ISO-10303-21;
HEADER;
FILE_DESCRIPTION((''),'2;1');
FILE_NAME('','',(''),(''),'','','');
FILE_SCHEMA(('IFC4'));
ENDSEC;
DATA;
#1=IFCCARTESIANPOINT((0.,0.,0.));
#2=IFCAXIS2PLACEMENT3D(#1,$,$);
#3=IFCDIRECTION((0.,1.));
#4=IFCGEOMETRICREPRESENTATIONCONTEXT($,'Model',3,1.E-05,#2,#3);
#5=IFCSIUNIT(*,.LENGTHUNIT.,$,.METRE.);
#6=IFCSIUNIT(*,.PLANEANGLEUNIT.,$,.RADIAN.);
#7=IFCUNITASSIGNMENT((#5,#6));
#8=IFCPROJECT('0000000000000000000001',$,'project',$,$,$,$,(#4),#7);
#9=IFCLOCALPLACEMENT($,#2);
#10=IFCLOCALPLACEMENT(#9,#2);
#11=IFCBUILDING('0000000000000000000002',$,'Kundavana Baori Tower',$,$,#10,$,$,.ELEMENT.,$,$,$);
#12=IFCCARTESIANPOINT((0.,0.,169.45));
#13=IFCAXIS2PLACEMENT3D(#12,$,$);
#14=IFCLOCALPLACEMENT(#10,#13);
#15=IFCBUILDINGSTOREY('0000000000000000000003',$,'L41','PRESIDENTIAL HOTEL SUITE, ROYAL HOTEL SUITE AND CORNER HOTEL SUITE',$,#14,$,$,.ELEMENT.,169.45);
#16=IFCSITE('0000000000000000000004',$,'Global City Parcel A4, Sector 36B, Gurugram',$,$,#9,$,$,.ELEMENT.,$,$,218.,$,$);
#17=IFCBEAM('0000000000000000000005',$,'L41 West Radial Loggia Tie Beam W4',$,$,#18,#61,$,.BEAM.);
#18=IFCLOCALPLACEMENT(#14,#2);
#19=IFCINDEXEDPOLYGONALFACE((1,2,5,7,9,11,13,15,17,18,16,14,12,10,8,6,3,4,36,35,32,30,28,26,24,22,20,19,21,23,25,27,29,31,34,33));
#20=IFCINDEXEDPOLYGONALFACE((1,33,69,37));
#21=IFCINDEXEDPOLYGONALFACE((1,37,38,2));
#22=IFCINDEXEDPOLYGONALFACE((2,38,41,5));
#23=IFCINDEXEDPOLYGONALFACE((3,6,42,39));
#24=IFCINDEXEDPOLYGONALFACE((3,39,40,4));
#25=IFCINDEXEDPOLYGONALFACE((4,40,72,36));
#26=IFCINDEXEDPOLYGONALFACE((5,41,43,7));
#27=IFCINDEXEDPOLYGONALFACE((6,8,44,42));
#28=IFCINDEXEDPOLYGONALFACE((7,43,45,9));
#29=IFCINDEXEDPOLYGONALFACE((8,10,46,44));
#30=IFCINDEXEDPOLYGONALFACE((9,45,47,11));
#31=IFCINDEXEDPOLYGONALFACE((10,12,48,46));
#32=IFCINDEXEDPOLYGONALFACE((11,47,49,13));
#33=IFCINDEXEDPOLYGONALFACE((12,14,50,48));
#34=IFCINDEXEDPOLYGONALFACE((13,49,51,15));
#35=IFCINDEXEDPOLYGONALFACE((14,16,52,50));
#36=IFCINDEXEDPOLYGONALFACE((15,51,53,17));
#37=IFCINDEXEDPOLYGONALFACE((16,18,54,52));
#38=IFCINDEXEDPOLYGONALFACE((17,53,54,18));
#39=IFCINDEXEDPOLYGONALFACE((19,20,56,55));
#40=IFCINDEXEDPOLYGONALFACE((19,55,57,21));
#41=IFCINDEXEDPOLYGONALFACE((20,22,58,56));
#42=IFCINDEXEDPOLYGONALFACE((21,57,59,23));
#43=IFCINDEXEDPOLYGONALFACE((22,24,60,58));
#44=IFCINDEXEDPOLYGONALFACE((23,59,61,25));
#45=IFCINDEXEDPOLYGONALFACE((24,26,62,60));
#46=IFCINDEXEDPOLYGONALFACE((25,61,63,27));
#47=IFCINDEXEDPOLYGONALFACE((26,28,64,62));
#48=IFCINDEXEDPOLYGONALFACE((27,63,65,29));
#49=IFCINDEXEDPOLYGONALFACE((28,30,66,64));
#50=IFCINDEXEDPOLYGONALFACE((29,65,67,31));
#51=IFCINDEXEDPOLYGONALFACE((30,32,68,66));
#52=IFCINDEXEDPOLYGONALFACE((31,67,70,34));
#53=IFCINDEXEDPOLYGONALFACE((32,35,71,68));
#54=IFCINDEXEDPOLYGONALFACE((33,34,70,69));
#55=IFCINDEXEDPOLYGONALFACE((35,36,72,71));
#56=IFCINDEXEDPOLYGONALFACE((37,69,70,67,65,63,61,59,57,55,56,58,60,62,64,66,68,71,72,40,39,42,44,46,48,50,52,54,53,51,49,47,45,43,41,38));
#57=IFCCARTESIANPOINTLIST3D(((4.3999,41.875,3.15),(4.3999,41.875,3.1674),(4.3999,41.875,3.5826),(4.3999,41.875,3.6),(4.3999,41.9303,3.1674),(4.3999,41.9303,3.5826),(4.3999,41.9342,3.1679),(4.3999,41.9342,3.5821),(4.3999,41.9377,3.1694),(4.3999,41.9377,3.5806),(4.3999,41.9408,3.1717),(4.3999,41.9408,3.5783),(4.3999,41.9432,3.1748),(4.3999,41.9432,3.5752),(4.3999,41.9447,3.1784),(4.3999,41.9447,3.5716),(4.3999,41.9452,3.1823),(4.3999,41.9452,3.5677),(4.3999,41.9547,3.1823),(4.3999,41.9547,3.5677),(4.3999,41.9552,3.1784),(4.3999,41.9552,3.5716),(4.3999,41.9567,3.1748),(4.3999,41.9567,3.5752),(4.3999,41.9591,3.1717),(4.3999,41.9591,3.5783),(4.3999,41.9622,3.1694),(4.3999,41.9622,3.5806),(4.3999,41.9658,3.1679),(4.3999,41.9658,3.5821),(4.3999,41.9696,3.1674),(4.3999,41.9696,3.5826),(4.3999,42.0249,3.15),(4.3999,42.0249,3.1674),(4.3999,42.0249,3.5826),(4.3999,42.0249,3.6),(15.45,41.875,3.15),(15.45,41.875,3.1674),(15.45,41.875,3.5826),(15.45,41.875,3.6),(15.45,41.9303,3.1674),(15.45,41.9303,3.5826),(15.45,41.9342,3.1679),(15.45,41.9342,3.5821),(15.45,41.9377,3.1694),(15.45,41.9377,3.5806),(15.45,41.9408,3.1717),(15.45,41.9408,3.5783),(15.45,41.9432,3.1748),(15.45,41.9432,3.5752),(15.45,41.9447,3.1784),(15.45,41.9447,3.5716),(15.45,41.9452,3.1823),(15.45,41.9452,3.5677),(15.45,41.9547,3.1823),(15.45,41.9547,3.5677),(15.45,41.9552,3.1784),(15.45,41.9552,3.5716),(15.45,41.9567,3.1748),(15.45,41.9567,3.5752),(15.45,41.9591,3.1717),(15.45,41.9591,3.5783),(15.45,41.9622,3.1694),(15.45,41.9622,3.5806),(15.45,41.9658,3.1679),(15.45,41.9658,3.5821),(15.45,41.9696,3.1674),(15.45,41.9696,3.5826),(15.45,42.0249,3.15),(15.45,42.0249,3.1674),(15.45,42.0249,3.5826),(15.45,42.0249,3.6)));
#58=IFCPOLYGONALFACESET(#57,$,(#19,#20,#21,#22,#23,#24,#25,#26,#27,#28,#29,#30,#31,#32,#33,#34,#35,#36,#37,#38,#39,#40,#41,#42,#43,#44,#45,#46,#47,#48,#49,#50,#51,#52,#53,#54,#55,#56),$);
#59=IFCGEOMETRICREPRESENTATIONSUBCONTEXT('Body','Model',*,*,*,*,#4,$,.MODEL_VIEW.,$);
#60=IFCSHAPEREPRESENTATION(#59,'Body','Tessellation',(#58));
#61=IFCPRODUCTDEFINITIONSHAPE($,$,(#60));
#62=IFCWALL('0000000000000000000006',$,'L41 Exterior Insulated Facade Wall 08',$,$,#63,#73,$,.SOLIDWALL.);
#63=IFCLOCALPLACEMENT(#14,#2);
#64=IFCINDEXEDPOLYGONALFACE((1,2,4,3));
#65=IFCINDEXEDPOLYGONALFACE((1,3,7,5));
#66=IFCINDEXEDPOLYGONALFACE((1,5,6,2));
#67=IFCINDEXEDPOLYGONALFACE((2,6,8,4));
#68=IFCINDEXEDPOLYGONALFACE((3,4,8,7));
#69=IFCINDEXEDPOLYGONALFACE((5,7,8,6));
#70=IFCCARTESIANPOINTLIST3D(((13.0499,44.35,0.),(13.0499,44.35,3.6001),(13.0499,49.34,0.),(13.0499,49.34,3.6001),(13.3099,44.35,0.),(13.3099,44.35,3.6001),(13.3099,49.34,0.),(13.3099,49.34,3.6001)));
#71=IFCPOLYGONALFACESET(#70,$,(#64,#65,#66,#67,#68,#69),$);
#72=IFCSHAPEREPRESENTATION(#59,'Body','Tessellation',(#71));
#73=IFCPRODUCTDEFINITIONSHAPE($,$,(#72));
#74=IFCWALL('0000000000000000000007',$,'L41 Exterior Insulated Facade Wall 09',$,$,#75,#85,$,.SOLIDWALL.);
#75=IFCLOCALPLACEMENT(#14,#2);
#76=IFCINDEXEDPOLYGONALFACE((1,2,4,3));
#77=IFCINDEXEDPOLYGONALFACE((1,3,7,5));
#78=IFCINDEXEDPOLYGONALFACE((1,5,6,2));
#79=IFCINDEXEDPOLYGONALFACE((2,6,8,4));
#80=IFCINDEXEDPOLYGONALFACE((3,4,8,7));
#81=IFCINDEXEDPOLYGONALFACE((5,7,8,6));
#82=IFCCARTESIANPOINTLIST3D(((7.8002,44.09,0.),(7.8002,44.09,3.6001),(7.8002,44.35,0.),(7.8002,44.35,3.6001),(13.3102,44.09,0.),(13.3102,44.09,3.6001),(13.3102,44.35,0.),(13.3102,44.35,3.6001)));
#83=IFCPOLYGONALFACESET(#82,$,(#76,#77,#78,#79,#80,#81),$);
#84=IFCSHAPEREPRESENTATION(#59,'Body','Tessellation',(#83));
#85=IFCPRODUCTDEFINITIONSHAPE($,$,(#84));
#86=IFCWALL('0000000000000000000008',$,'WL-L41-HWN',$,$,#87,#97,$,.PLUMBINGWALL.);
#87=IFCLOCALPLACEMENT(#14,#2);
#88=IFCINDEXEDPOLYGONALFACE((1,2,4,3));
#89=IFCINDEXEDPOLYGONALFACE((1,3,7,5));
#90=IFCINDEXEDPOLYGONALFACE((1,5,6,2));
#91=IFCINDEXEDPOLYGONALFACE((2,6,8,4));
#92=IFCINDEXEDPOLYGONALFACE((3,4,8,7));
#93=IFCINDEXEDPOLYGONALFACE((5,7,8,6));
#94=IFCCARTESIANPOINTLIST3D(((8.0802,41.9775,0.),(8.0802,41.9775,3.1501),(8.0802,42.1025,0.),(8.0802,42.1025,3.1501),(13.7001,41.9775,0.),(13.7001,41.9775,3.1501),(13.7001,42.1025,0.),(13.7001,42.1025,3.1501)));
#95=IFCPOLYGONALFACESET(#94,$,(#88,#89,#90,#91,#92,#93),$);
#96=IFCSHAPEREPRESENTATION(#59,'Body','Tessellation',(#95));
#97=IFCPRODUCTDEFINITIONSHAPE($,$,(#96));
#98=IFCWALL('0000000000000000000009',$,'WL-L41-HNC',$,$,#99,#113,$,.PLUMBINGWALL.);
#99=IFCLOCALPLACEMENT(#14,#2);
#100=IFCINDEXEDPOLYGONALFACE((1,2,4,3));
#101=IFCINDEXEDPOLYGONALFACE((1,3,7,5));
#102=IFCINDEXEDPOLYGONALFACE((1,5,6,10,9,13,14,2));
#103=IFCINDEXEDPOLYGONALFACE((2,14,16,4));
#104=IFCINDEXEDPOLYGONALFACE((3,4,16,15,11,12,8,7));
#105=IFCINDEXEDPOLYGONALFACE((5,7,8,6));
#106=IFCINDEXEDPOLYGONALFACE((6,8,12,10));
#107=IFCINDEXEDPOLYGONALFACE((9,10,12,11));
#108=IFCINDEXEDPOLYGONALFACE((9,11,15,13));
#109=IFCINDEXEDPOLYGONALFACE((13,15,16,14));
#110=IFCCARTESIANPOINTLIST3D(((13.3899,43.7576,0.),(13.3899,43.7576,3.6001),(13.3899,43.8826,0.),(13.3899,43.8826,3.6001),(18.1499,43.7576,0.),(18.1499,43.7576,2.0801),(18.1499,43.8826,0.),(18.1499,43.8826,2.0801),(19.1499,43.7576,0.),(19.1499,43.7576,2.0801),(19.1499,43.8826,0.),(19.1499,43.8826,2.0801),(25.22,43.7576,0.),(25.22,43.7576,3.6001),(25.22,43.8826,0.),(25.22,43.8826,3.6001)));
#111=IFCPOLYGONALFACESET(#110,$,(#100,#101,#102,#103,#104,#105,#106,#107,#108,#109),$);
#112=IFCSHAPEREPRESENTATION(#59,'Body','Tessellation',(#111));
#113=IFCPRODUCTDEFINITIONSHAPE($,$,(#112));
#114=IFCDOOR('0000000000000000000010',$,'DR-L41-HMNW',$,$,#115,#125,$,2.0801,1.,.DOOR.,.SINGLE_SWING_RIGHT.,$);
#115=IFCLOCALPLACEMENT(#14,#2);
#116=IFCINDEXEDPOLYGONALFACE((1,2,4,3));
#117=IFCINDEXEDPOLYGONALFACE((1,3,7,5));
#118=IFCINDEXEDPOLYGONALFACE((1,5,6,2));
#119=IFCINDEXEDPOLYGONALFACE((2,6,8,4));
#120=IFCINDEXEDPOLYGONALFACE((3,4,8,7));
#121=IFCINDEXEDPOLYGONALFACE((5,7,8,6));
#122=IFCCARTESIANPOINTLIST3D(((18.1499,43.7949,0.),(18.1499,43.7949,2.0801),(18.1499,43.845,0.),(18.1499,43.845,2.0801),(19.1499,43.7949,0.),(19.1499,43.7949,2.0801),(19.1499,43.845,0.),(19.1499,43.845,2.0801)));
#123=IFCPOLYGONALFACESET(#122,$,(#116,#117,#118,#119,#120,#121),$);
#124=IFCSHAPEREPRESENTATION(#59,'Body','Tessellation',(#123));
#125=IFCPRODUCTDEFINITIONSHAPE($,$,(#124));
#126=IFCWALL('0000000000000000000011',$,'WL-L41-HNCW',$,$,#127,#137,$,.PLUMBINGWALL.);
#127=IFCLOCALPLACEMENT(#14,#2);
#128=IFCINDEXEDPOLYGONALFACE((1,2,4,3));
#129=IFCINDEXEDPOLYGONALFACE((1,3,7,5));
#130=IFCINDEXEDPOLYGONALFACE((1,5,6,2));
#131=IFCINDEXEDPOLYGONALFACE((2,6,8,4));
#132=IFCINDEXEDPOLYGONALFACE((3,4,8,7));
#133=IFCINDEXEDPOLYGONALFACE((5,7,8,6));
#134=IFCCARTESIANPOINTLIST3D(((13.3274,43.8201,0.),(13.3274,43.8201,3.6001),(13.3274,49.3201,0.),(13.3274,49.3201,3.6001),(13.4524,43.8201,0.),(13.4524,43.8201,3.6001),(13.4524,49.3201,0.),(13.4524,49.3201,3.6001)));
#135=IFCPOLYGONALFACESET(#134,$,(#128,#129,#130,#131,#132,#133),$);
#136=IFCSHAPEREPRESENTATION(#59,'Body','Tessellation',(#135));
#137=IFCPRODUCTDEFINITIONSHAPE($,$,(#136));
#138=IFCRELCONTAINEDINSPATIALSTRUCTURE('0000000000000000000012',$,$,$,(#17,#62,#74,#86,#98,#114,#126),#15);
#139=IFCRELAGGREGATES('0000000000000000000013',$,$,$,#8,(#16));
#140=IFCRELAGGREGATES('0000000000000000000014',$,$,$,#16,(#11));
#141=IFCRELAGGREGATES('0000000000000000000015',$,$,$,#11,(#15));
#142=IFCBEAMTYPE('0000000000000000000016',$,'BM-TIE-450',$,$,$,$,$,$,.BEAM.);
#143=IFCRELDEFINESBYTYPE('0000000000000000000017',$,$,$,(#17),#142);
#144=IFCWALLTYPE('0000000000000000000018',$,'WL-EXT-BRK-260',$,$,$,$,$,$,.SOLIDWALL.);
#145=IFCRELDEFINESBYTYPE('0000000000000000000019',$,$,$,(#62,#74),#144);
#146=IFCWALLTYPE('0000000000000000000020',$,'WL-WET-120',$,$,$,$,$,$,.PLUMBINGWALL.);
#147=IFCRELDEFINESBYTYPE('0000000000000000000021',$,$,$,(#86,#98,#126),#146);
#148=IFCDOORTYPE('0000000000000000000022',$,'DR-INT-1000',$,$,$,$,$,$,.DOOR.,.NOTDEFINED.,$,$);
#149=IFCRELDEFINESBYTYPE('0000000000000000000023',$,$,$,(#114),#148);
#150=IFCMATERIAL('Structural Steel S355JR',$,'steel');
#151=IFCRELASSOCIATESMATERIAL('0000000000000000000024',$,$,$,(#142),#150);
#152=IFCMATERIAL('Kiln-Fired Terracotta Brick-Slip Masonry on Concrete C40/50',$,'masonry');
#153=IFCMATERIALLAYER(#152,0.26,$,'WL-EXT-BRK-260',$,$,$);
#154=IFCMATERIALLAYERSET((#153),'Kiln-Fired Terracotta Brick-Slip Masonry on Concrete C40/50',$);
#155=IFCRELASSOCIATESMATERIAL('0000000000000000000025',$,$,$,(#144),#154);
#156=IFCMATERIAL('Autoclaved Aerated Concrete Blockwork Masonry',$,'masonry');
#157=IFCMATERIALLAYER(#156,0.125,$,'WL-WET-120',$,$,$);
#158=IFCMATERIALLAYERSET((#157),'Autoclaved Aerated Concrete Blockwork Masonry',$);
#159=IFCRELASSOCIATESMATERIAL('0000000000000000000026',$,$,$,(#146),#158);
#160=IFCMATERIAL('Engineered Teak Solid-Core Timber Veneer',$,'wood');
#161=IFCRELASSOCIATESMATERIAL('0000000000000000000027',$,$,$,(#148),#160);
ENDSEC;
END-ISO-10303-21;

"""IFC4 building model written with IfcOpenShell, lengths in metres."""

from ifc_helpers import new_model, si_unit, direction, frame, frame_2d, origin, origin_2d, place, context, subcontext, project, spatial, rectangle, i_section, extrude, material, layer, layer_set, material_profile, profile_set, type_object, element, fill, save


model = new_model("IFC4")

# Units and contexts
model_context = context("Model", 3, precision=1e-05, world=origin(), true_north=direction((0.0, 1.0)))
body_context = subcontext(model_context, "Body", "Model", "MODEL_VIEW")
ifc_project = project(units=[si_unit("LENGTHUNIT", "METRE"), si_unit("PLANEANGLEUNIT", "RADIAN")], contexts=[model_context])

# Site, building, storey
site_placement = place(None, origin())
site = spatial("IfcSite", under=ifc_project, at=site_placement, Name="Global City Parcel A4, Sector 36B, Gurugram", CompositionType="ELEMENT", RefElevation=218.0)
building_placement = place(site_placement, origin())
building = spatial("IfcBuilding", under=site, at=building_placement, Name="Kundavana Baori Tower", CompositionType="ELEMENT")
storey_placement = place(building_placement, frame((0.0, 0.0, 169.45)))
storey = spatial("IfcBuildingStorey", under=building, at=storey_placement, Name="L41", Description="PRESIDENTIAL HOTEL SUITE, ROYAL HOTEL SUITE AND CORNER HOTEL SUITE", CompositionType="ELEMENT", Elevation=169.45)

# Beam
ifc_material_1 = material(Name="Structural Steel S355JR", Category="steel")
ifc_material_profile = material_profile(ifc_material_1, i_section(OverallWidth=0.1499, OverallDepth=0.45, WebThickness=0.0095, FlangeThickness=0.0173, FilletRadius=0.0149, at=origin_2d()), Name="ISMB 450")
ifc_profile_set = profile_set([ifc_material_profile], Name="Structural Steel S355JR")
beam_type = type_object("IfcBeamType", Name="BM-TIE-450", PredefinedType="BEAM", material=ifc_profile_set)
beam_placement = place(storey_placement, frame((15.45, 41.95, 3.375), z_axis=(-1.0, 0.0, 0.0), x_axis=(0.0, -1.0, 0.0)))
element("IfcBeam", 1, at=beam_placement, inside=storey, type_object=beam_type, Name="L41 West Radial Loggia Tie Beam W4", PredefinedType="BEAM", context=body_context, shape_type="SweptSolid", body=[
    extrude(i_section(OverallWidth=0.1499, OverallDepth=0.45, WebThickness=0.0095, FlangeThickness=0.0173, FilletRadius=0.0149, at=origin_2d()), origin(), (0.0, 0.0, 1.0), 11.05),
])

# Walls
ifc_material_2 = material(Name="Kiln-Fired Terracotta Brick-Slip Masonry on Concrete C40/50", Category="masonry")
ifc_layer_1 = layer(ifc_material_2, 0.26, Name="WL-EXT-BRK-260")
ifc_layer_set_1 = layer_set([ifc_layer_1], Name="Kiln-Fired Terracotta Brick-Slip Masonry on Concrete C40/50")
wall_type_1 = type_object("IfcWallType", Name="WL-EXT-BRK-260", PredefinedType="SOLIDWALL", material=ifc_layer_set_1)
wall_1_placement = place(storey_placement, frame((13.1799, 49.3401, 0.0), z_axis=(0.0, 0.0, 1.0), x_axis=(0.0, -1.0, 0.0)))
element("IfcWall", 2, at=wall_1_placement, inside=storey, type_object=wall_type_1, Name="L41 Exterior Insulated Facade Wall 08", PredefinedType="SOLIDWALL", context=body_context, shape_type="SweptSolid", body=[
    extrude(rectangle(XDim=4.99, YDim=0.26, at=frame_2d((2.4951, 0.0))), origin(), (0.0, 0.0, 1.0), 3.6001),
])
wall_2_placement = place(storey_placement, frame((13.3101, 44.22, 0.0), z_axis=(0.0, 0.0, 1.0), x_axis=(-1.0, 0.0, 0.0)))
element("IfcWall", 3, at=wall_2_placement, inside=storey, type_object=wall_type_1, Name="L41 Exterior Insulated Facade Wall 09", PredefinedType="SOLIDWALL", context=body_context, shape_type="SweptSolid", body=[
    extrude(rectangle(XDim=5.51, YDim=0.26, at=frame_2d((2.7549, 0.0))), origin(), (0.0, 0.0, 1.0), 3.6001),
])

# Wall
ifc_material_3 = material(Name="Autoclaved Aerated Concrete Blockwork Masonry", Category="masonry")
ifc_layer_2 = layer(ifc_material_3, 0.125, Name="WL-WET-120")
ifc_layer_set_2 = layer_set([ifc_layer_2], Name="Autoclaved Aerated Concrete Blockwork Masonry")
wall_type_2 = type_object("IfcWallType", Name="WL-WET-120", PredefinedType="PLUMBINGWALL", material=ifc_layer_set_2)
wall_3_placement = place(storey_placement, frame((8.0801, 42.04, 0.0), z_axis=(0.0, 0.0, 1.0), x_axis=(1.0, 0.0, 0.0)))
element("IfcWall", 4, at=wall_3_placement, inside=storey, type_object=wall_type_2, Name="WL-L41-HWN", PredefinedType="PLUMBINGWALL", context=body_context, shape_type="SweptSolid", body=[
    extrude(rectangle(XDim=5.6199, YDim=0.125, at=frame_2d((2.8101, 0.0))), origin(), (0.0, 0.0, 1.0), 3.1501),
])

# Wall, opening, door
wall_4_placement = place(storey_placement, frame((13.3899, 43.8201, 0.0), z_axis=(0.0, 0.0, 1.0), x_axis=(1.0, 0.0, 0.0)))
wall_4 = element("IfcWall", 5, at=wall_4_placement, inside=storey, type_object=wall_type_2, Name="WL-L41-HNC", PredefinedType="PLUMBINGWALL", context=body_context, shape_type="SweptSolid", body=[
    extrude(rectangle(XDim=11.8301, YDim=0.125, at=frame_2d((5.915, 0.0))), origin(), (0.0, 0.0, 1.0), 3.6001),
])
opening_1_placement = place(wall_4_placement, frame((4.76, 0.0, 0.0)))
opening_1 = element("IfcOpeningElement", 6, at=opening_1_placement, cuts=wall_4, PredefinedType="OPENING", context=body_context, shape_type="SweptSolid", body=[
    extrude(rectangle(XDim=1.0, YDim=2.0801, at=frame_2d((0.5, 1.04))), frame((0.0, 0.0725, 0.0), z_axis=(0.0, -1.0, 0.0), x_axis=(1.0, 0.0, 0.0)), (0.0, 0.0, 1.0), 0.145),
])
ifc_material_4 = material(Name="Engineered Teak Solid-Core Timber Veneer", Category="wood")
door_type_1 = type_object("IfcDoorType", Name="DR-INT-1000", OperationType="NOTDEFINED", PredefinedType="DOOR", material=ifc_material_4)
door_1_placement = place(opening_1_placement, origin())
door_1 = element("IfcDoor", 7, at=door_1_placement, inside=storey, type_object=door_type_1, Name="DR-L41-HMNW", OperationType="SINGLE_SWING_RIGHT", OverallHeight=2.0801, OverallWidth=1.0, PredefinedType="DOOR", context=body_context, shape_type="SweptSolid", body=[
    extrude(rectangle(XDim=1.0, YDim=2.0801, at=frame_2d((0.5, 1.04))), frame((0.0, 0.0249, 0.0), z_axis=(0.0, -1.0, 0.0), x_axis=(1.0, 0.0, 0.0)), (0.0, 0.0, 1.0), 0.05),
])
fill(opening_1, door_1)

# Wall
wall_5_placement = place(storey_placement, frame((13.3899, 43.8201, 0.0), z_axis=(0.0, 0.0, 1.0), x_axis=(0.0, 1.0, 0.0)))
element("IfcWall", 8, at=wall_5_placement, inside=storey, type_object=wall_type_2, Name="WL-L41-HNCW", PredefinedType="PLUMBINGWALL", context=body_context, shape_type="SweptSolid", body=[
    extrude(rectangle(XDim=5.5, YDim=0.125, at=frame_2d((2.75, 0.0))), origin(), (0.0, 0.0, 1.0), 3.6001),
])

save(model, "model.ifc")
